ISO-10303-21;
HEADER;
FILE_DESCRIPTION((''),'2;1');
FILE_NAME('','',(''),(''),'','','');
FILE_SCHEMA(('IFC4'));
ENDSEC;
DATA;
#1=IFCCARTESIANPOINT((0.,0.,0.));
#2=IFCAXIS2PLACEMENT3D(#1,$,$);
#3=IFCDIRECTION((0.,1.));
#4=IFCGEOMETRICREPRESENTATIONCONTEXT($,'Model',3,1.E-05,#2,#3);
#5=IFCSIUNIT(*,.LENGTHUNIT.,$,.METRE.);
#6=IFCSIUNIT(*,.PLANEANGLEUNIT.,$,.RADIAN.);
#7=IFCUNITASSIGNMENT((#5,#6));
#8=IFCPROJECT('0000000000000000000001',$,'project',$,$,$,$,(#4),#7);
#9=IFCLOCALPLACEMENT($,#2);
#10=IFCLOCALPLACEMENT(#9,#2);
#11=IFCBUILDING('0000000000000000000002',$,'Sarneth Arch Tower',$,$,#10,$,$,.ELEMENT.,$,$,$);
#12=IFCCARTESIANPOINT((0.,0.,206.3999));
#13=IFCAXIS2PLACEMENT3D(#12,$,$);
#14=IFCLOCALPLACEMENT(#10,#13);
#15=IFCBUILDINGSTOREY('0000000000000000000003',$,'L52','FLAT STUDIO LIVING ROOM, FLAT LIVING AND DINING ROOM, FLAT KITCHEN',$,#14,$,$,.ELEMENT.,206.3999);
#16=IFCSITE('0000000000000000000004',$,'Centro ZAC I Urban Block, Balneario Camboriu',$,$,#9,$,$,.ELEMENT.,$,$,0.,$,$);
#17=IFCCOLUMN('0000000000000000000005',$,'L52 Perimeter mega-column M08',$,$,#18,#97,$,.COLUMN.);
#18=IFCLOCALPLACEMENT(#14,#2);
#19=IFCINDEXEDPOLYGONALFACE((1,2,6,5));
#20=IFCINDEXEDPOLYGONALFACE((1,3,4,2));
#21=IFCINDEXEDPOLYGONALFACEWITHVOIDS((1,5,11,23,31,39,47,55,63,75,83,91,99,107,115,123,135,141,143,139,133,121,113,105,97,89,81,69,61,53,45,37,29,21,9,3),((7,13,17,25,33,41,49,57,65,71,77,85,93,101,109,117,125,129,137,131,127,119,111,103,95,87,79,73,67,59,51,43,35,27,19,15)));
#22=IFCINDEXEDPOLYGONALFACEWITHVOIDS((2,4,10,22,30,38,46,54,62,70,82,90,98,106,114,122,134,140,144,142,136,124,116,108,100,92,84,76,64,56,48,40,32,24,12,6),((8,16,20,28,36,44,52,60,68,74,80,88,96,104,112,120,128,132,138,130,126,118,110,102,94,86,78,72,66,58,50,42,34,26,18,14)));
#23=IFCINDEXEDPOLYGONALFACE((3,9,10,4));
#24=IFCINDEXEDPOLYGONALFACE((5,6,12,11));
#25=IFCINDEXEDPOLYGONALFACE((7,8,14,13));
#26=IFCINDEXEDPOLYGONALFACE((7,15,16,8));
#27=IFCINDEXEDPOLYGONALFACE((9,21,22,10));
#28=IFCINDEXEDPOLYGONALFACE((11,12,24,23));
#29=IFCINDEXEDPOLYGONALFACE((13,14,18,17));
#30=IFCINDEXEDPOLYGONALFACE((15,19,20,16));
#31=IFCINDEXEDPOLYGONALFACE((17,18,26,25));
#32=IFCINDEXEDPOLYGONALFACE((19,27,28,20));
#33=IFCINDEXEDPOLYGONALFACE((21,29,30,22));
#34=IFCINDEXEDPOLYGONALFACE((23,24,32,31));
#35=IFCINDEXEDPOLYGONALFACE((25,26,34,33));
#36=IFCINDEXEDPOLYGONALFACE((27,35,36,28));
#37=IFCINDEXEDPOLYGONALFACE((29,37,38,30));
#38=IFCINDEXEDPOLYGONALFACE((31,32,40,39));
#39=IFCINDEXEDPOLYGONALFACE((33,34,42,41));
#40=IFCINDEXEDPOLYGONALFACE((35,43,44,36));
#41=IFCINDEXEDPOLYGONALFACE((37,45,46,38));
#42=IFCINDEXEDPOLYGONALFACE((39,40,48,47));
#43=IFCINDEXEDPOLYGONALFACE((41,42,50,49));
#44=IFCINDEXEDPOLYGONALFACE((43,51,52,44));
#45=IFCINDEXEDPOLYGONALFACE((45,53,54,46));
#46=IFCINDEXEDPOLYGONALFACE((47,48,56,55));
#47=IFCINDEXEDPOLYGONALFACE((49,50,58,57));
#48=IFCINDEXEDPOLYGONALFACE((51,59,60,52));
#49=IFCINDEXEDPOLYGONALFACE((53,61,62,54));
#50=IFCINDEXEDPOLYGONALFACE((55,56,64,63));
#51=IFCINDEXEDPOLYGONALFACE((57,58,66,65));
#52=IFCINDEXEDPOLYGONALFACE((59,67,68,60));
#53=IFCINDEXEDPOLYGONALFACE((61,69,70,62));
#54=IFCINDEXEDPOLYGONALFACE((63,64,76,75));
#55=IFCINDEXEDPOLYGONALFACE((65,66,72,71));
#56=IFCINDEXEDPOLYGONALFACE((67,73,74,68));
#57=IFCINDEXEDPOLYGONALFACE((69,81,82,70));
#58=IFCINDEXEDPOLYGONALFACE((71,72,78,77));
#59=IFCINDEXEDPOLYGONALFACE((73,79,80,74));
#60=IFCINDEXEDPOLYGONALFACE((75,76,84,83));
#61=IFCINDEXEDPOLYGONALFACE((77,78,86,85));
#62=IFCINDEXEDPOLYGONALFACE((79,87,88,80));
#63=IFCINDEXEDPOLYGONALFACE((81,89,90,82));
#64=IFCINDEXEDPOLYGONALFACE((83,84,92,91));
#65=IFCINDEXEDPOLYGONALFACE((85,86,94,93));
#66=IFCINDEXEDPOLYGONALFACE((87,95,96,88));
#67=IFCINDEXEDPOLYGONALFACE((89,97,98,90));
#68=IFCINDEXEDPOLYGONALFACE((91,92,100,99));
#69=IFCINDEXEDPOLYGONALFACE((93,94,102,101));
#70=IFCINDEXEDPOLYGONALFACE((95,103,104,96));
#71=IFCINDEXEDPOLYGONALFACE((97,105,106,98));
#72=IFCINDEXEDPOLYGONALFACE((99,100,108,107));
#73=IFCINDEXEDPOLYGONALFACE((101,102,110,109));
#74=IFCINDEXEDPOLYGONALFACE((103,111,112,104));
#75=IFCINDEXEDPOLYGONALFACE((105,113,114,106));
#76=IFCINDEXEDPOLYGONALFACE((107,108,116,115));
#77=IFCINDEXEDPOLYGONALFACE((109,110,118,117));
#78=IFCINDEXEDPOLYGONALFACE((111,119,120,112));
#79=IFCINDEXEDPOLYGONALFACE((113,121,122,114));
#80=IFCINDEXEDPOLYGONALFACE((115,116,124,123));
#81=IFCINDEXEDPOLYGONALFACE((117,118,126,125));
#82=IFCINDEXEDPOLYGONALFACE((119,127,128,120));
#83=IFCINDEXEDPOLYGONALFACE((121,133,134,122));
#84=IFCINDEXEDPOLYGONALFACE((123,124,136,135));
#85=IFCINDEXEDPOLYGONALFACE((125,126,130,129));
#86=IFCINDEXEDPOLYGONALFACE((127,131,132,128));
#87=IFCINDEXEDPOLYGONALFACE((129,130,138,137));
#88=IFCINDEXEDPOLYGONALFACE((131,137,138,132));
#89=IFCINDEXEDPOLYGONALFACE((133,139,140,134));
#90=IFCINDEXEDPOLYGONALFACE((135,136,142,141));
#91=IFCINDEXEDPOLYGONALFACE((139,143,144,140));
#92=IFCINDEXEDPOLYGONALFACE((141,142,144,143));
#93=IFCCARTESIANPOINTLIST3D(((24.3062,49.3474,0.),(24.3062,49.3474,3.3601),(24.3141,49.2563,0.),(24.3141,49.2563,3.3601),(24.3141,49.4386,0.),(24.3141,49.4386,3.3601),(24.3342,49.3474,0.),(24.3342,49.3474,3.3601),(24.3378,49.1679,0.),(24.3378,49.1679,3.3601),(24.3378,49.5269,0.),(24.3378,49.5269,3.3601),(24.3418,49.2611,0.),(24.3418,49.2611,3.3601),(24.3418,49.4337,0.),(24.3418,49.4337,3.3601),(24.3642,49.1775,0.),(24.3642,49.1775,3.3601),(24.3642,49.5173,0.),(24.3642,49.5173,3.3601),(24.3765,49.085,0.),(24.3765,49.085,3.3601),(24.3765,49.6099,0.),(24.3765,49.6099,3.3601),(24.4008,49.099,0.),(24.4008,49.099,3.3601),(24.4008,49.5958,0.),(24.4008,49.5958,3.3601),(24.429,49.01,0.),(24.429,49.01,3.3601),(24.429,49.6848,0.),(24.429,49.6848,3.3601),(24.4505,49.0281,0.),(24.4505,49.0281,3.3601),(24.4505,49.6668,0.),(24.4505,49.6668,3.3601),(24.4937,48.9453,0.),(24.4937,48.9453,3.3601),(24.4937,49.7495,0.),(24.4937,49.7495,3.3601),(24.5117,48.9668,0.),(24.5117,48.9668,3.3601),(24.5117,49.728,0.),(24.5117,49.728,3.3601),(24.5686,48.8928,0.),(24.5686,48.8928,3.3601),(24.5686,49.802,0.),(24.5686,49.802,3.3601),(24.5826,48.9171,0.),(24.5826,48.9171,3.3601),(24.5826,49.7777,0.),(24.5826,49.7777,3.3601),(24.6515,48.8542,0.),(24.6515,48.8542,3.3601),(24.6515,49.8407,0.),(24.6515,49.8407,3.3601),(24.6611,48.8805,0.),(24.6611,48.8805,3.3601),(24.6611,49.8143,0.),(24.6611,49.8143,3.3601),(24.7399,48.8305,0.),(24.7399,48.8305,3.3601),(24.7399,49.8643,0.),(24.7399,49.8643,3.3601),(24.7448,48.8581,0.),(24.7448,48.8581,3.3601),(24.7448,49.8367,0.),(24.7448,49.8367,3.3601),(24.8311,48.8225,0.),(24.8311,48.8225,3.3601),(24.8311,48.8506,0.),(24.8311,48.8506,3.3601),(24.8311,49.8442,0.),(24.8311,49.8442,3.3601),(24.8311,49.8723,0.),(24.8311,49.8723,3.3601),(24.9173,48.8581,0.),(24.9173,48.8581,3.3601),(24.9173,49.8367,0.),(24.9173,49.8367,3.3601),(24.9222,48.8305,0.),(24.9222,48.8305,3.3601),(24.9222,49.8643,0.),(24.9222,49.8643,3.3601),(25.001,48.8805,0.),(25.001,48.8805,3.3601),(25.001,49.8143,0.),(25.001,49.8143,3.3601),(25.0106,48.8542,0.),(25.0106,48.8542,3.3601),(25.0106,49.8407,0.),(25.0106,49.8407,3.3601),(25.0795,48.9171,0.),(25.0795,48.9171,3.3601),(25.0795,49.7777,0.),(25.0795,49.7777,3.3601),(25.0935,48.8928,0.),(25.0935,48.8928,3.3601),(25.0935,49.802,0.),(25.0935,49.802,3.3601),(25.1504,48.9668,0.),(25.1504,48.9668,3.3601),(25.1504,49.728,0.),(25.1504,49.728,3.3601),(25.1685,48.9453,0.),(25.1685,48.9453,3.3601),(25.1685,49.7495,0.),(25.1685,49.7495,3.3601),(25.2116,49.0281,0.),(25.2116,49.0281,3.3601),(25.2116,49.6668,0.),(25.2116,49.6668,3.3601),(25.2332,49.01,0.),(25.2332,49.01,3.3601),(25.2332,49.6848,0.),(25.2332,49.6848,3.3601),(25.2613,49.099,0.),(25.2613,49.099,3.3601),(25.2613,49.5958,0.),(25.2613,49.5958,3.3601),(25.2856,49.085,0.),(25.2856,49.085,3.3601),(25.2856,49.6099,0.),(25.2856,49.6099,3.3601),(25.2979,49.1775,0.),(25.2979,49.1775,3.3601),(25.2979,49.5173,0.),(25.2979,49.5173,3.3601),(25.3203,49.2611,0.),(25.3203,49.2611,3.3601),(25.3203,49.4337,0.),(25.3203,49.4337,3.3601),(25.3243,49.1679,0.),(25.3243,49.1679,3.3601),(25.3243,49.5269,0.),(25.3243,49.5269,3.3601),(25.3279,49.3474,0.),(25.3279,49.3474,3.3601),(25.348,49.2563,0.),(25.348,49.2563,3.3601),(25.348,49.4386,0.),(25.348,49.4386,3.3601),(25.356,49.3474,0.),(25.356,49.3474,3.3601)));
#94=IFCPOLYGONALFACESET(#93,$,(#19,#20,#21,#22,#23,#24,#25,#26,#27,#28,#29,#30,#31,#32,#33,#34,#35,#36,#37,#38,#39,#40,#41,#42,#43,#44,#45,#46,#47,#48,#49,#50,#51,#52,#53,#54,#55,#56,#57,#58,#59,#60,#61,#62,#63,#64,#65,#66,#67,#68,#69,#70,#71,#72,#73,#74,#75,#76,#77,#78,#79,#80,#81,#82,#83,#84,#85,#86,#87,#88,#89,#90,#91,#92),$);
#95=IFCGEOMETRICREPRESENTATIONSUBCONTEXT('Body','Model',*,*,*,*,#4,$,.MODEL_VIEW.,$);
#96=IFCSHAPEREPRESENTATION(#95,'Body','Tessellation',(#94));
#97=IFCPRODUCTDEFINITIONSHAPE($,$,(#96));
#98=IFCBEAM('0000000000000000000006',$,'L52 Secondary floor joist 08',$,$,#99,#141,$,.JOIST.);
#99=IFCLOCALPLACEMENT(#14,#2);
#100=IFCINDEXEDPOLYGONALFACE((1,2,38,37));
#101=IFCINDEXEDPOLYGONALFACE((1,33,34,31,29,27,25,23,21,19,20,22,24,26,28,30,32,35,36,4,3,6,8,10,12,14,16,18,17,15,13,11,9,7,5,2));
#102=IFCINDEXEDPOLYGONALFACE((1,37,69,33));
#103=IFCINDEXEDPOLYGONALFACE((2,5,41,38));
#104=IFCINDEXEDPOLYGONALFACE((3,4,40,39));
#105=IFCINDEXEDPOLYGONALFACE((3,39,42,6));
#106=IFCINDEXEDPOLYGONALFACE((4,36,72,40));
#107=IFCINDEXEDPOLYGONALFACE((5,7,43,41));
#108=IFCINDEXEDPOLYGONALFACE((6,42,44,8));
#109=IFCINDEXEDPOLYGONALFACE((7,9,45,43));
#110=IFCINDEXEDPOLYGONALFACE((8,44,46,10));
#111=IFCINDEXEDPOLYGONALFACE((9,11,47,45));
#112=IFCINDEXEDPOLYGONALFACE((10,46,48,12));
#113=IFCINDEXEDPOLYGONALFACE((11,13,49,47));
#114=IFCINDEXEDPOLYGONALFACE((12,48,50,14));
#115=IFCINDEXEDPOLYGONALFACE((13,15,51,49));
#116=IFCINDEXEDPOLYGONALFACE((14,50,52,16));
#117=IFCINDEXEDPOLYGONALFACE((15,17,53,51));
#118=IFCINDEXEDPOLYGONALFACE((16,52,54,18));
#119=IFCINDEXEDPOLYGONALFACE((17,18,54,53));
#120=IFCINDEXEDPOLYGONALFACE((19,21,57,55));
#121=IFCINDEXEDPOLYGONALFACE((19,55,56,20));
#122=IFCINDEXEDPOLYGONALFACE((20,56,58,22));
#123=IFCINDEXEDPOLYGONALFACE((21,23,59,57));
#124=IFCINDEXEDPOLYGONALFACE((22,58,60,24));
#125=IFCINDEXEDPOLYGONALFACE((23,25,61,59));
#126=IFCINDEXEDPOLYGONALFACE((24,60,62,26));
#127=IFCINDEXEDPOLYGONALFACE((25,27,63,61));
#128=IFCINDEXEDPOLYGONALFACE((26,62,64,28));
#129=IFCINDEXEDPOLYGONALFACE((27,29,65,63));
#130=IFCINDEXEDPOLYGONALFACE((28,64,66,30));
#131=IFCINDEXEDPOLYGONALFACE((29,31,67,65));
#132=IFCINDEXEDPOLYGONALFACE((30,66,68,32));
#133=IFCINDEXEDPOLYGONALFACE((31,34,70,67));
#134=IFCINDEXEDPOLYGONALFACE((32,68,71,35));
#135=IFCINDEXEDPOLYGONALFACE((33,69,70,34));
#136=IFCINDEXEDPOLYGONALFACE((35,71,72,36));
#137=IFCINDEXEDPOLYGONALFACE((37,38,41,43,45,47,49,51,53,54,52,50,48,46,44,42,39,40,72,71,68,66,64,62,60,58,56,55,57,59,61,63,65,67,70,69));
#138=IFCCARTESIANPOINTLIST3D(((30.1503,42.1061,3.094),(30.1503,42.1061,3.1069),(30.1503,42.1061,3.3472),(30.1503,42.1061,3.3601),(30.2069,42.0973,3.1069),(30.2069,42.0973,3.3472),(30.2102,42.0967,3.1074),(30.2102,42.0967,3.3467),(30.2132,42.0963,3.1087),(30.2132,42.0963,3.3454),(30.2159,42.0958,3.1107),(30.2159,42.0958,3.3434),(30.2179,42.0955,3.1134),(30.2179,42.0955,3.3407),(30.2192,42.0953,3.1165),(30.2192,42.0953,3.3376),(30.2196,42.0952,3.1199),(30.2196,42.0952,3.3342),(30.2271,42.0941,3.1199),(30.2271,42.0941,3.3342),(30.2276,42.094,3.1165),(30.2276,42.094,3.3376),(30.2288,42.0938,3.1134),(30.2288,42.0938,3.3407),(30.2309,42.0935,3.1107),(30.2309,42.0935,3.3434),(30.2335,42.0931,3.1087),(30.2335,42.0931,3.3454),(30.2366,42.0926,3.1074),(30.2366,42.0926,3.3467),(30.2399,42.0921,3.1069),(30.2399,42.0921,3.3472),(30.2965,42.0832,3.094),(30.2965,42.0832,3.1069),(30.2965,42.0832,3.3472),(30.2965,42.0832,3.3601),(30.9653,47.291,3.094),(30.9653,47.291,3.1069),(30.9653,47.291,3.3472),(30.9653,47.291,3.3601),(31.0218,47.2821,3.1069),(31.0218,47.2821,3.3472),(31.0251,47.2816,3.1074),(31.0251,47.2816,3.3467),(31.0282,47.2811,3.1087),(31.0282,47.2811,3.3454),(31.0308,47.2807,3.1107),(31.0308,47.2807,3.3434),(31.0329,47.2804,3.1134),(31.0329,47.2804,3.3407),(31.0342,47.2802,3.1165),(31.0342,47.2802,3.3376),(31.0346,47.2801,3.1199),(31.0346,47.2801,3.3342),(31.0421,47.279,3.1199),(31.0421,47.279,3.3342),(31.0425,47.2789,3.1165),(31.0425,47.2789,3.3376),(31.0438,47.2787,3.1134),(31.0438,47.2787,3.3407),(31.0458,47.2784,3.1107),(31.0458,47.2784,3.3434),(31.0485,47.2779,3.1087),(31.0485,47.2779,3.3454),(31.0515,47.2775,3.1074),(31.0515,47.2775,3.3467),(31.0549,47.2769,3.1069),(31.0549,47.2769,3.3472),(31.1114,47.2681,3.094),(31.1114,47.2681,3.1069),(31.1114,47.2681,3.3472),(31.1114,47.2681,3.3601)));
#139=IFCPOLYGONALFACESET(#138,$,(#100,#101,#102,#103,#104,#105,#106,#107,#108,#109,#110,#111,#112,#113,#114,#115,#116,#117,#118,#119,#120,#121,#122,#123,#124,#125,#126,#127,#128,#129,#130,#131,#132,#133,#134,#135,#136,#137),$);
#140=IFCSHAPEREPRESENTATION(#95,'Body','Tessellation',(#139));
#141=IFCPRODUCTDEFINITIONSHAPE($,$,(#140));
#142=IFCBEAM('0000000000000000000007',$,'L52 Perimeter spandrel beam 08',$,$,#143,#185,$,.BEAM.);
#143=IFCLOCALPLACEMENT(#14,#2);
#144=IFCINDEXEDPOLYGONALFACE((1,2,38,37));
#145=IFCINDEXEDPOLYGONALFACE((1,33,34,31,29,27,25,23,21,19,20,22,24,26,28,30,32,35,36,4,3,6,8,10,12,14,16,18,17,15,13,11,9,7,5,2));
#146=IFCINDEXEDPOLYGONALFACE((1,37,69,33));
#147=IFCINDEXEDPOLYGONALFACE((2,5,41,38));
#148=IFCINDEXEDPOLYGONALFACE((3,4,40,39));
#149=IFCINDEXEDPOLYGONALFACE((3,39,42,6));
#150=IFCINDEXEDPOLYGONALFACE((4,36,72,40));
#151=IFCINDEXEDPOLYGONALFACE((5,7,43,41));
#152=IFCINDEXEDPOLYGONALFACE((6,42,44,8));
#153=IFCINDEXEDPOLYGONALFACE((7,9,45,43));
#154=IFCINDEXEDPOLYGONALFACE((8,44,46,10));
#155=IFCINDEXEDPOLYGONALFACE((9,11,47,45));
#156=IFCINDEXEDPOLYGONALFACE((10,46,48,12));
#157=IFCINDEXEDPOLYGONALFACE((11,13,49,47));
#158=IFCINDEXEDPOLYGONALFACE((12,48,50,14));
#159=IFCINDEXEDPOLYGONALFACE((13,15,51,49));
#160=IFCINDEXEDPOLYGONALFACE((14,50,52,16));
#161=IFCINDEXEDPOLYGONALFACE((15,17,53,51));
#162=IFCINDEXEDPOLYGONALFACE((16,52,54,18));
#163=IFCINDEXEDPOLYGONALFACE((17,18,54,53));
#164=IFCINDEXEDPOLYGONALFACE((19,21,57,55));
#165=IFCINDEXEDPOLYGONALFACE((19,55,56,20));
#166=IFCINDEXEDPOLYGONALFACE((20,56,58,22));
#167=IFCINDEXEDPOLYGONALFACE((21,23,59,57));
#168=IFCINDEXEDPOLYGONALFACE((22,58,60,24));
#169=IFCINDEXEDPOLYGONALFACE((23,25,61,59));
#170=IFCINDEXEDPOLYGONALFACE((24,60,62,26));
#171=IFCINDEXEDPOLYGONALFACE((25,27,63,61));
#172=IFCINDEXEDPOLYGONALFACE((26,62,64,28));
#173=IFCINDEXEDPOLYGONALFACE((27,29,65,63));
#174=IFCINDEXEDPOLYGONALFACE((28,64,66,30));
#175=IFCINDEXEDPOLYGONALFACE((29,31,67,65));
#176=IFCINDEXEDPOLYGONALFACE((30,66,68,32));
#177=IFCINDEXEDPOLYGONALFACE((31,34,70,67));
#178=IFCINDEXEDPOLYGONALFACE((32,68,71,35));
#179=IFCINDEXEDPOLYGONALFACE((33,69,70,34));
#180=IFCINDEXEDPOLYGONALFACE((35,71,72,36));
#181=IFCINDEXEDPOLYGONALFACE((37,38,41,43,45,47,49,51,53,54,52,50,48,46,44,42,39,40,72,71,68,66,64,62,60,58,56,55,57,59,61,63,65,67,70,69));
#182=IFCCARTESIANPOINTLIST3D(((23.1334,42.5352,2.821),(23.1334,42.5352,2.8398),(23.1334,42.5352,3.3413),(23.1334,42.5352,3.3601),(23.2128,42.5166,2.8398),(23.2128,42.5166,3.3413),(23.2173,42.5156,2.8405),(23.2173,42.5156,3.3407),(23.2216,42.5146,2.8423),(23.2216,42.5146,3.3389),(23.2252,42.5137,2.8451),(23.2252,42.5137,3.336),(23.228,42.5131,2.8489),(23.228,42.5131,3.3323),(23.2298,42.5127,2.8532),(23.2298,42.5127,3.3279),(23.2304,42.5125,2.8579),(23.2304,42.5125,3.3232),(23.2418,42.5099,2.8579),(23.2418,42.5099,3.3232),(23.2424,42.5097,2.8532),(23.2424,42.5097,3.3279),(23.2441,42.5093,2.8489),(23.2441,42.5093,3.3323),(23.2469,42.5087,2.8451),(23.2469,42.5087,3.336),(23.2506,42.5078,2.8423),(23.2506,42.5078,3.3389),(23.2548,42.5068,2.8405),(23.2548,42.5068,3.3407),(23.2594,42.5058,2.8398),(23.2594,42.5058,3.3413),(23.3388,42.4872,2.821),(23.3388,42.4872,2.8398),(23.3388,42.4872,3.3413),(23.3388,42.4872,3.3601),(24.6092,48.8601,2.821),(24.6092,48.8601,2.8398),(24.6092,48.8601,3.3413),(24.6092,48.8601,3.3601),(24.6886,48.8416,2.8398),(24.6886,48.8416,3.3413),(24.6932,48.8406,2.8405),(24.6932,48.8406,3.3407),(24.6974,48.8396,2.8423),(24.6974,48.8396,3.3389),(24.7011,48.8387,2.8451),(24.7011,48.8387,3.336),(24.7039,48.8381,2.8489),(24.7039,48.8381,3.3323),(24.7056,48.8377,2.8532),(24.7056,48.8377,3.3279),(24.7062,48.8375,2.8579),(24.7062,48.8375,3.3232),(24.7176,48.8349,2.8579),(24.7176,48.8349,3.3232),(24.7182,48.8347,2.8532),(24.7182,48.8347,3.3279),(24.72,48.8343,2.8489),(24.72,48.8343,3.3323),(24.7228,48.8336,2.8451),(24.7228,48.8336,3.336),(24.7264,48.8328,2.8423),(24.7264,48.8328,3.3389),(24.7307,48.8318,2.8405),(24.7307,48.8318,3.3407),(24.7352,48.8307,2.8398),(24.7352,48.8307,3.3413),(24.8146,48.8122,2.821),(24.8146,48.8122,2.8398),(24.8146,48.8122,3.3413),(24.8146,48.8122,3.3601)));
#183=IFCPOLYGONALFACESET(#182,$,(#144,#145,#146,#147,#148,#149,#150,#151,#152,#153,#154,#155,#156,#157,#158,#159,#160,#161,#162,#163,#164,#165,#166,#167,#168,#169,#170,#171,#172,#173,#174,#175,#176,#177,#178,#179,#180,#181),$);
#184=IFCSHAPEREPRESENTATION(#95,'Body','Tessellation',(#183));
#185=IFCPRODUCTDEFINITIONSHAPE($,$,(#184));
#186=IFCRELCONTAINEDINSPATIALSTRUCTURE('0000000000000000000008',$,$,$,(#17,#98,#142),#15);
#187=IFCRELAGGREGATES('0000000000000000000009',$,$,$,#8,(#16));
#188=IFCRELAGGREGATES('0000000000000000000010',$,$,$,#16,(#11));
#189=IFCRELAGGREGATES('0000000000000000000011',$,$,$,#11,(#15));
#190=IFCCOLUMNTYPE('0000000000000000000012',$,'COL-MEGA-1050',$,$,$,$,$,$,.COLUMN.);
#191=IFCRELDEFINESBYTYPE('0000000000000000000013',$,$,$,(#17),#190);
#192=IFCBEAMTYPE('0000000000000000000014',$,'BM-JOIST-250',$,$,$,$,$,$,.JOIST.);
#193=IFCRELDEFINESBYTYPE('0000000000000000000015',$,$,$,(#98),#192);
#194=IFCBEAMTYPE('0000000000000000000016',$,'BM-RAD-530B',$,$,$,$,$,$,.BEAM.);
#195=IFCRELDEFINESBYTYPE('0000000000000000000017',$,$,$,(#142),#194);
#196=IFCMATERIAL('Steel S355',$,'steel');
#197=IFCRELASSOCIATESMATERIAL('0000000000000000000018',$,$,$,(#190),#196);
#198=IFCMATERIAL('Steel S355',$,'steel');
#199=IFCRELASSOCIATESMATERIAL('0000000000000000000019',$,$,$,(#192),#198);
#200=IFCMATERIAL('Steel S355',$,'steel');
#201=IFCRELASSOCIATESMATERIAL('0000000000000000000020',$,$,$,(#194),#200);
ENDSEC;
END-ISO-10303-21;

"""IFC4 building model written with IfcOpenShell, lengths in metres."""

from ifc_helpers import new_model, si_unit, direction, frame, origin, origin_2d, place, context, subcontext, project, spatial, hollow_circle, i_section, extrude, material, material_profile, profile_set, type_object, element, save


model = new_model("IFC4")

# Units and contexts
model_context = context("Model", 3, precision=1e-05, world=origin(), true_north=direction((0.0, 1.0)))
body_context = subcontext(model_context, "Body", "Model", "MODEL_VIEW")
ifc_project = project(units=[si_unit("LENGTHUNIT", "METRE"), si_unit("PLANEANGLEUNIT", "RADIAN")], contexts=[model_context])

# Site, building, storey
site_placement = place(None, origin())
site = spatial("IfcSite", under=ifc_project, at=site_placement, Name="Centro ZAC I Urban Block, Balneario Camboriu", CompositionType="ELEMENT", RefElevation=0.0)
building_placement = place(site_placement, origin())
building = spatial("IfcBuilding", under=site, at=building_placement, Name="Sarneth Arch Tower", CompositionType="ELEMENT")
storey_placement = place(building_placement, frame((0.0, 0.0, 206.3999)))
storey = spatial("IfcBuildingStorey", under=building, at=storey_placement, Name="L52", Description="FLAT STUDIO LIVING ROOM, FLAT LIVING AND DINING ROOM, FLAT KITCHEN", CompositionType="ELEMENT", Elevation=206.3999)

# Column
ifc_material_1 = material(Name="Steel S355", Category="steel")
ifc_material_profile_1 = material_profile(ifc_material_1, hollow_circle(Radius=0.5249, WallThickness=0.0281, at=origin_2d()), Name="CHS1050x28")
ifc_profile_set_1 = profile_set([ifc_material_profile_1], Name="Steel S355")
column_type = type_object("IfcColumnType", Name="COL-MEGA-1050", PredefinedType="COLUMN", material=ifc_profile_set_1)
column_placement = place(storey_placement, frame((24.8311, 49.3474, 0.0), z_axis=(0.0, 0.0, 1.0), x_axis=(1.0, 0.0, 0.0)))
element("IfcColumn", 1, at=column_placement, inside=storey, type_object=column_type, Name="L52 Perimeter mega-column M08", PredefinedType="COLUMN", context=body_context, shape_type="SweptSolid", body=[
    extrude(hollow_circle(Radius=0.5249, WallThickness=0.0281, at=origin_2d()), origin(), (0.0, 0.0, 1.0), 3.3601),
])

# Beams
ifc_material_2 = material(Name="Steel S355", Category="steel")
ifc_material_profile_2 = material_profile(ifc_material_2, i_section(OverallWidth=0.1479, OverallDepth=0.2661, WebThickness=0.0076, FlangeThickness=0.0129, FilletRadius=0.0129, at=origin_2d()), Name="W250x44.8")
ifc_profile_set_2 = profile_set([ifc_material_profile_2], Name="Steel S355")
beam_type_1 = type_object("IfcBeamType", Name="BM-JOIST-250", PredefinedType="JOIST", material=ifc_profile_set_2)
beam_1_placement = place(storey_placement, frame((31.0383, 47.2795, 3.2271), z_axis=(-0.155272, -0.987872, 0.0), x_axis=(0.987872, -0.155272, 0.0)))
element("IfcBeam", 2, at=beam_1_placement, inside=storey, type_object=beam_type_1, Name="L52 Secondary floor joist 08", PredefinedType="JOIST", context=body_context, shape_type="SweptSolid", body=[
    extrude(i_section(OverallWidth=0.1479, OverallDepth=0.2661, WebThickness=0.0076, FlangeThickness=0.0129, FilletRadius=0.0129, at=origin_2d()), origin(), (0.0, 0.0, 1.0), 5.2485),
])
ifc_material_3 = material(Name="Steel S355", Category="steel")
ifc_material_profile_3 = material_profile(ifc_material_3, i_section(OverallWidth=0.2109, OverallDepth=0.5391, WebThickness=0.0117, FlangeThickness=0.0188, FilletRadius=0.0181, at=origin_2d()), Name="W530x109")
ifc_profile_set_3 = profile_set([ifc_material_profile_3], Name="Steel S355")
beam_type_2 = type_object("IfcBeamType", Name="BM-RAD-530B", PredefinedType="BEAM", material=ifc_profile_set_3)
beam_2_placement = place(storey_placement, frame((24.7119, 48.8362, 3.0906), z_axis=(-0.227231, -0.973841, 0.0), x_axis=(0.973841, -0.227231, 0.0)))
element("IfcBeam", 3, at=beam_2_placement, inside=storey, type_object=beam_type_2, Name="L52 Perimeter spandrel beam 08", PredefinedType="BEAM", context=body_context, shape_type="SweptSolid", body=[
    extrude(i_section(OverallWidth=0.2109, OverallDepth=0.5391, WebThickness=0.0117, FlangeThickness=0.0188, FilletRadius=0.0181, at=origin_2d()), origin(), (0.0, 0.0, 1.0), 6.4949),
])

save(model, "model.ifc")
